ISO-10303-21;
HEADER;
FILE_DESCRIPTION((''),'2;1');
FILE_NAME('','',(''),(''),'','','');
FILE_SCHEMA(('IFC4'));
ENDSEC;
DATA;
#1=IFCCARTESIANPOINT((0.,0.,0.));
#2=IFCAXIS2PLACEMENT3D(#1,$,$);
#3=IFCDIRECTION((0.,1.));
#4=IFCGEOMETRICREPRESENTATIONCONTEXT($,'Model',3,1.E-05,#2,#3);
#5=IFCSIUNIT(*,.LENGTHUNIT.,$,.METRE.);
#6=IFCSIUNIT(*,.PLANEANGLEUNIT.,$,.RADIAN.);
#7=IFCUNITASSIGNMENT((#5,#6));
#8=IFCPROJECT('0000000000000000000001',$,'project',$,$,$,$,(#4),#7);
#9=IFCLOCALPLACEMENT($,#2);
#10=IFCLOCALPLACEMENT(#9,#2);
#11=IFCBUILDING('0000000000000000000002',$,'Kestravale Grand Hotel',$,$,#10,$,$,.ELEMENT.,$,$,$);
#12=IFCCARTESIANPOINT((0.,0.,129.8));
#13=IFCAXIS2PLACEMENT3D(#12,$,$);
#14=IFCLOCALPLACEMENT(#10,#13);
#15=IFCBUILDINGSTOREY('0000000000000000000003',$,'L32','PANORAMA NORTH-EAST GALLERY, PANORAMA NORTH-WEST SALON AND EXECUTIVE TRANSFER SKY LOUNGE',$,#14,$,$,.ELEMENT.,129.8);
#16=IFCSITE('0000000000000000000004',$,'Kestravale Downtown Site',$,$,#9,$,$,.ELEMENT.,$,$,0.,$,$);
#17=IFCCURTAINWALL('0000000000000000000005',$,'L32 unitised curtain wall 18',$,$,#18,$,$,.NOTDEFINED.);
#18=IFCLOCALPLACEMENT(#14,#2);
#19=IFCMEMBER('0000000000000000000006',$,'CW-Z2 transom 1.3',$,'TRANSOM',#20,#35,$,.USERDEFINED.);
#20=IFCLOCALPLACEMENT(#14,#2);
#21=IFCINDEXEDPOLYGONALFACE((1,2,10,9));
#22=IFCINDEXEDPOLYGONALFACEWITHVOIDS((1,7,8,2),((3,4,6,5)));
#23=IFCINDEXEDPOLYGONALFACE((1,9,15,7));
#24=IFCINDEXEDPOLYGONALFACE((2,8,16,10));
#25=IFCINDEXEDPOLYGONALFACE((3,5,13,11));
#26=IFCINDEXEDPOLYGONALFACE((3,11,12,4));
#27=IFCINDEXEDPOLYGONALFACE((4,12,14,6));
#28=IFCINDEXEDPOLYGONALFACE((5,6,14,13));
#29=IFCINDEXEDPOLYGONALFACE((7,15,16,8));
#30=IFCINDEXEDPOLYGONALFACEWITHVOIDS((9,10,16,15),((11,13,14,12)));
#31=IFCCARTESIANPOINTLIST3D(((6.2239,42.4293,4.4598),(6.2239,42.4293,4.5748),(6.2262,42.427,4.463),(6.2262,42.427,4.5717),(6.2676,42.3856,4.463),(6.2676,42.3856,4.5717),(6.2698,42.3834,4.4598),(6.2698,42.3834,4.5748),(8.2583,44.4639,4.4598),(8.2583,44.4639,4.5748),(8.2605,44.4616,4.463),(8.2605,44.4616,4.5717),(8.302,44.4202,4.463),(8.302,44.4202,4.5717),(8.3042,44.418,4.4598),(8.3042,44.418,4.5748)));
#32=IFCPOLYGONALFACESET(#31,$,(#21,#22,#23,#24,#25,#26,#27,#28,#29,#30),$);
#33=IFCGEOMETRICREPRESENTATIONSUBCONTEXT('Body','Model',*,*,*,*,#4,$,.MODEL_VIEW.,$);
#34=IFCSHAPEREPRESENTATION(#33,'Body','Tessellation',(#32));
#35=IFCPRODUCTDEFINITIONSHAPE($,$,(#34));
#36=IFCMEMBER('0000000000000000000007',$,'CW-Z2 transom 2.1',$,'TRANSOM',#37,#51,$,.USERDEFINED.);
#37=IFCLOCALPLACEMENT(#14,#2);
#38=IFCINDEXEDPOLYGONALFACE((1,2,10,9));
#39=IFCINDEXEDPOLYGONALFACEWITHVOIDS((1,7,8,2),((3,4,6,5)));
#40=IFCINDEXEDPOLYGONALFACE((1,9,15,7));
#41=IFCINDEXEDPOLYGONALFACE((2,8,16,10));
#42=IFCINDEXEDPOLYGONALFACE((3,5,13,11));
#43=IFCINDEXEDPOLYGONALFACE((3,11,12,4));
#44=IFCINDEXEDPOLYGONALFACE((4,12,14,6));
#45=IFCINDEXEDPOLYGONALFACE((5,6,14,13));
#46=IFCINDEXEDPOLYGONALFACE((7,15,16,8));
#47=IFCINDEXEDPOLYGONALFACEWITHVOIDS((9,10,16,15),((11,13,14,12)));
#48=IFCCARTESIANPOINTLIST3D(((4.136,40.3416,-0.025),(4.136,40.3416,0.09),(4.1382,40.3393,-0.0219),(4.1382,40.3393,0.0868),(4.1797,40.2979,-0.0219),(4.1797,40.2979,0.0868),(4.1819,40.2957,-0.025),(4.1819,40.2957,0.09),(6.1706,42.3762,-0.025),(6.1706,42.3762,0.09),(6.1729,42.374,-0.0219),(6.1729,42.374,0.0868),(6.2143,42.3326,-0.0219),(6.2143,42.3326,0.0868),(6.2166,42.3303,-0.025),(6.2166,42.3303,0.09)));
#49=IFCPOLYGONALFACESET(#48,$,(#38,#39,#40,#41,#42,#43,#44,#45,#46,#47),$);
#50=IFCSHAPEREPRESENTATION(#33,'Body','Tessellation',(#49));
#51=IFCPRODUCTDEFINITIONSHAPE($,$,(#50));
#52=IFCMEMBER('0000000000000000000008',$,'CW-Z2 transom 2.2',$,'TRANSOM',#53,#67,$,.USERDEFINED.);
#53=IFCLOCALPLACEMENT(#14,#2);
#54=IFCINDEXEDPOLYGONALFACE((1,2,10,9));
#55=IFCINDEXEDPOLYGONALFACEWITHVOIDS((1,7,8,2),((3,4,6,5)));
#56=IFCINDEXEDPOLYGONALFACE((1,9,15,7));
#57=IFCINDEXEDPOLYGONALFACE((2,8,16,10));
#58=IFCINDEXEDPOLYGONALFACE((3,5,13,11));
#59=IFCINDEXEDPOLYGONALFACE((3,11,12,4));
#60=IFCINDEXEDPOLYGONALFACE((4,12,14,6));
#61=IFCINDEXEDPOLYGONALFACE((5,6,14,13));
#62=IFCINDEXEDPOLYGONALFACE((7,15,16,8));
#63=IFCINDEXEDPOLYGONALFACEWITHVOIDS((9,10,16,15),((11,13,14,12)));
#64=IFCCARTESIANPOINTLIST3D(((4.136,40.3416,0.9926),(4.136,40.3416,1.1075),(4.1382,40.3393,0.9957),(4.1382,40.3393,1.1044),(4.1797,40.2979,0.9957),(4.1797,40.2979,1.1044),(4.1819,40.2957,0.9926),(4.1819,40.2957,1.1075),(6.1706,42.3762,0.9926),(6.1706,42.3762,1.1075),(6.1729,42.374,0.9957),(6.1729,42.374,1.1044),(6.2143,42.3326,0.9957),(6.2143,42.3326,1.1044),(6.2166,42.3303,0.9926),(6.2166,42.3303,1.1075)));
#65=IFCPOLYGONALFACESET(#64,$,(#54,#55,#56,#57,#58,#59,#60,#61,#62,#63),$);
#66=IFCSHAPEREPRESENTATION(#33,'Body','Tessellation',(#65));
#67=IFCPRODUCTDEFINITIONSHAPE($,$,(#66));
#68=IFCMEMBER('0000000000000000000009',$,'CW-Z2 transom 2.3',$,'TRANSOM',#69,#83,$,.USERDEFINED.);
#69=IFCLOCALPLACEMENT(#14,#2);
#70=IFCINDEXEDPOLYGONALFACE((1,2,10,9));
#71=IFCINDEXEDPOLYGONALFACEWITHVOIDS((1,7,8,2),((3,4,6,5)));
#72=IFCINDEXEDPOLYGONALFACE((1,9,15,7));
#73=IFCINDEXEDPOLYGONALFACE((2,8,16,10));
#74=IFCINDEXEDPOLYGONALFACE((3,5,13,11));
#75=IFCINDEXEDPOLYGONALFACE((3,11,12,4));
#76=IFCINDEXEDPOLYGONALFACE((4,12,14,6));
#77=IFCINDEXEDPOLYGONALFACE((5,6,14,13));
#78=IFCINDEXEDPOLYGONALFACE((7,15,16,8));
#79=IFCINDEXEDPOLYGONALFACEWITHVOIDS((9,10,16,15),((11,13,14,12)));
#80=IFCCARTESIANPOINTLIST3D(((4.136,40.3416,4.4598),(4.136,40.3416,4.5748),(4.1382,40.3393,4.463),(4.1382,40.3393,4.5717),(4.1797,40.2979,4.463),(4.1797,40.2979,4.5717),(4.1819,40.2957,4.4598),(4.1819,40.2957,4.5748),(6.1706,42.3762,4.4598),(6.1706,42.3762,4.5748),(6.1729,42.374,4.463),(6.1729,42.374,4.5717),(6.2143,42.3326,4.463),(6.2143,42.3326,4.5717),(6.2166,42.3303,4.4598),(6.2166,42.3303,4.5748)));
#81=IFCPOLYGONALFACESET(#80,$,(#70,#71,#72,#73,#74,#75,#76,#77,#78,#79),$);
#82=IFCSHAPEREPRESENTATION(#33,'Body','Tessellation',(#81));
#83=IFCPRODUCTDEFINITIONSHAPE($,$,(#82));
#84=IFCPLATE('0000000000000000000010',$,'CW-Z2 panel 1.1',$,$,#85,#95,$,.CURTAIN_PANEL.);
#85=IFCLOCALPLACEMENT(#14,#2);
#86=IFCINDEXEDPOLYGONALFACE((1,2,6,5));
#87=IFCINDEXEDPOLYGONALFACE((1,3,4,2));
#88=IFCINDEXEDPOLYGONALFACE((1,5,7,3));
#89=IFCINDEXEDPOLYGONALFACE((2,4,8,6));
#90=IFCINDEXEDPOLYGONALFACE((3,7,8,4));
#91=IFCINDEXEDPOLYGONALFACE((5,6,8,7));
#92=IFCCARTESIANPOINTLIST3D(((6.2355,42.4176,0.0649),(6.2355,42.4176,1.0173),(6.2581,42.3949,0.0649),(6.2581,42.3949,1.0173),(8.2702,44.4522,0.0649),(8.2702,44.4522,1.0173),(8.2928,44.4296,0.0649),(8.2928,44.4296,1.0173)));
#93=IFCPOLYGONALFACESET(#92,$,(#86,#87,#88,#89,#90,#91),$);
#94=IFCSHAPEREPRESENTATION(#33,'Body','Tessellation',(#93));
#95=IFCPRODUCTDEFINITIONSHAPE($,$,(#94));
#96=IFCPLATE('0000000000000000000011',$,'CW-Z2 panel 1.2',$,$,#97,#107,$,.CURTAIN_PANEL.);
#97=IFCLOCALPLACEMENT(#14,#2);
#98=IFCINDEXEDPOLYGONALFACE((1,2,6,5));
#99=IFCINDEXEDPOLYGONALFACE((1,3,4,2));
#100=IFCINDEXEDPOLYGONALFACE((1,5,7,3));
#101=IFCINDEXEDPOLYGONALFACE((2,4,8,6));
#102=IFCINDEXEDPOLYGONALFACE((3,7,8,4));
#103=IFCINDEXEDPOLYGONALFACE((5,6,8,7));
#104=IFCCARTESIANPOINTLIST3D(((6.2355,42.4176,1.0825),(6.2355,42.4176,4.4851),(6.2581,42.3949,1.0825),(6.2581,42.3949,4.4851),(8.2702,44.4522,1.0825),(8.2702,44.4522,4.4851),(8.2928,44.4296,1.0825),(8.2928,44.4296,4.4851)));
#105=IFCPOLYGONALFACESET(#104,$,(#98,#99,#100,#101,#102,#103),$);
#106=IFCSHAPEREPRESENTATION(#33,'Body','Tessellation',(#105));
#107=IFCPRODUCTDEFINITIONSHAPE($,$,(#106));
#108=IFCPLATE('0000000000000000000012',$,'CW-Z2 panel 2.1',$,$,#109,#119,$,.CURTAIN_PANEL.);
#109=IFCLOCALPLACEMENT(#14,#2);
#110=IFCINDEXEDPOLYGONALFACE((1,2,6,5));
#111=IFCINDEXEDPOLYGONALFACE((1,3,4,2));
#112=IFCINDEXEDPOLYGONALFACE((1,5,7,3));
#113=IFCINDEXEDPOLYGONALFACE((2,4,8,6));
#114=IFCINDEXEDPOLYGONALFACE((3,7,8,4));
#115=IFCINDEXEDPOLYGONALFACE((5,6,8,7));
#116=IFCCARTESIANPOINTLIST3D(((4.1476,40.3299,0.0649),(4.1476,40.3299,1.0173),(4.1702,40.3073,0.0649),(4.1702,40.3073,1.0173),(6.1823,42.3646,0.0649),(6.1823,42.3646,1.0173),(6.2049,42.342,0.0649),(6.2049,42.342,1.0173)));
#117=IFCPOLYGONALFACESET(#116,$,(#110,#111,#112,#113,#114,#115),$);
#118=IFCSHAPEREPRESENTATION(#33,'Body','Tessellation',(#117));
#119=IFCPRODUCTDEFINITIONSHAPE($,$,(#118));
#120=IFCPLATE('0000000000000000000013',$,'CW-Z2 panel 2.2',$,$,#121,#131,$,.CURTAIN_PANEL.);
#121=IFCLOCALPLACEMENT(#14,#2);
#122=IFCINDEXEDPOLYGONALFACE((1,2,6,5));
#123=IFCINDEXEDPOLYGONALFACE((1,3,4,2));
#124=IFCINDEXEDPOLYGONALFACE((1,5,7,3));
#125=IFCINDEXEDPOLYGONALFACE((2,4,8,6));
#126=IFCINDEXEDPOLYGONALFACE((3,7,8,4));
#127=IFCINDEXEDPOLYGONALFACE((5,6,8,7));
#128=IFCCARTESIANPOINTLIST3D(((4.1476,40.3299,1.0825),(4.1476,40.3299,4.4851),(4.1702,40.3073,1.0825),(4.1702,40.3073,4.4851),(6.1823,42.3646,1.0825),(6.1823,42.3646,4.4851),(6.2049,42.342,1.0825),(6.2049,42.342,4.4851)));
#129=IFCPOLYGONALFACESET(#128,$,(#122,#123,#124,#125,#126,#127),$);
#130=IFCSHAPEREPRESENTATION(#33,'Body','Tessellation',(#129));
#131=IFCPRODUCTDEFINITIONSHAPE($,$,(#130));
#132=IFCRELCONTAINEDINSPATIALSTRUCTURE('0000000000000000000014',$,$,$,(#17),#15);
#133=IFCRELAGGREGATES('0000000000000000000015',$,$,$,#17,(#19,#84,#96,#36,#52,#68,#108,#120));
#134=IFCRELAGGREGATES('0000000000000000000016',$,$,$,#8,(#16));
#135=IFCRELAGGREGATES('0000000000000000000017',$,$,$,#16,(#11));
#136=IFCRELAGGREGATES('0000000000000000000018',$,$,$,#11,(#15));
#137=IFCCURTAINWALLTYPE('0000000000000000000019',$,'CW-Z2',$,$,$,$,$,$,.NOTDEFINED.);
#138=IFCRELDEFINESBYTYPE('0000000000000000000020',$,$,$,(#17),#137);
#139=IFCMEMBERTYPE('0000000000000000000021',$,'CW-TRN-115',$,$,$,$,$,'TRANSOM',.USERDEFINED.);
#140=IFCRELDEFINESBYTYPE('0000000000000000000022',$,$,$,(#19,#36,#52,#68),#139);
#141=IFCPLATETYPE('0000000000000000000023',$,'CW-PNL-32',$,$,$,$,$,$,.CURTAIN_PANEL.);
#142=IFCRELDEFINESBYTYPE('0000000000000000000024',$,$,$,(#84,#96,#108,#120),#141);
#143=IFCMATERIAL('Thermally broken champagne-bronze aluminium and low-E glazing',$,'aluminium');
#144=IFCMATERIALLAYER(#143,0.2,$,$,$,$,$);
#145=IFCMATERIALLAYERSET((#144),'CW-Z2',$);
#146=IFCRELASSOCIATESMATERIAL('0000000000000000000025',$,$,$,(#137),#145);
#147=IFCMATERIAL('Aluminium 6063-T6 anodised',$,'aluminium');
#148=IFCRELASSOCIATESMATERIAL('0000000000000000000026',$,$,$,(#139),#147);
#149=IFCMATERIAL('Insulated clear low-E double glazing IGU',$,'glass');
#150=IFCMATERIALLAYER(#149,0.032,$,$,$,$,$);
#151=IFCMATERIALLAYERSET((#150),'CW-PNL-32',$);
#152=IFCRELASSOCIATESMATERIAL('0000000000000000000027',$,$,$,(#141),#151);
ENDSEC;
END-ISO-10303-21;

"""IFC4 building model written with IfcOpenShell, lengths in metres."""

from ifc_helpers import new_model, si_unit, direction, frame, origin, origin_2d, place, context, subcontext, project, spatial, rectangle, hollow_rectangle, extrude, material, layer, layer_set, material_profile, profile_set, type_object, element, aggregate, save


model = new_model("IFC4")

# Units and contexts
model_context = context("Model", 3, precision=1e-05, world=origin(), true_north=direction((0.0, 1.0)))
body_context = subcontext(model_context, "Body", "Model", "MODEL_VIEW")
ifc_project = project(units=[si_unit("LENGTHUNIT", "METRE"), si_unit("PLANEANGLEUNIT", "RADIAN")], contexts=[model_context])

# Site, building, storey
site_placement = place(None, origin())
site = spatial("IfcSite", under=ifc_project, at=site_placement, Name="Kestravale Downtown Site", CompositionType="ELEMENT", RefElevation=0.0)
building_placement = place(site_placement, origin())
building = spatial("IfcBuilding", under=site, at=building_placement, Name="Kestravale Grand Hotel", CompositionType="ELEMENT")
storey_placement = place(building_placement, frame((0.0, 0.0, 129.8)))
storey = spatial("IfcBuildingStorey", under=building, at=storey_placement, Name="L32", Description="PANORAMA NORTH-EAST GALLERY, PANORAMA NORTH-WEST SALON AND EXECUTIVE TRANSFER SKY LOUNGE", CompositionType="ELEMENT", Elevation=129.8)

# Curtain wall, members, plates
ifc_material_1 = material(Name="Thermally broken champagne-bronze aluminium and low-E glazing", Category="aluminium")
ifc_layer_1 = layer(ifc_material_1, 0.2)
ifc_layer_set_1 = layer_set([ifc_layer_1], Name="CW-Z2")
curtain_wall_type = type_object("IfcCurtainWallType", Name="CW-Z2", PredefinedType="NOTDEFINED", material=ifc_layer_set_1)
curtain_wall_placement = place(storey_placement, origin())
curtain_wall = element("IfcCurtainWall", 1, at=curtain_wall_placement, inside=storey, type_object=curtain_wall_type, Name="L32 unitised curtain wall 18", PredefinedType="NOTDEFINED")
ifc_material_2 = material(Name="Aluminium 6063-T6 anodised", Category="aluminium")
ifc_material_profile_1 = material_profile(ifc_material_2, hollow_rectangle(XDim=0.0649, YDim=0.115, WallThickness=0.0032, at=origin_2d()))
ifc_profile_set_1 = profile_set([ifc_material_profile_1], Name="Aluminium 6063-T6 anodised")
member_type_1 = type_object("IfcMemberType", Name="CW-TRN-115", ElementType="TRANSOM", PredefinedType="USERDEFINED", material=ifc_profile_set_1)
member_1_placement = place(storey_placement, frame((8.2812, 44.4409, 4.5173), z_axis=(-0.707064, -0.707149, 0.0), x_axis=(0.707149, -0.707064, 0.0)))
member_1 = element("IfcMember", 2, at=member_1_placement, type_object=member_type_1, Name="CW-Z2 transom 1.3", ObjectType="TRANSOM", PredefinedType="USERDEFINED", context=body_context, shape_type="SweptSolid", body=[
    extrude(hollow_rectangle(XDim=0.0649, YDim=0.115, WallThickness=0.0032, at=origin_2d()), origin(), (0.0, 0.0, 1.0), 2.8772),
])
member_2_placement = place(storey_placement, frame((6.1936, 42.3533, 0.0325), z_axis=(-0.707107, -0.707107, 0.0), x_axis=(0.707107, -0.707107, 0.0)))
member_2 = element("IfcMember", 3, at=member_2_placement, type_object=member_type_1, Name="CW-Z2 transom 2.1", ObjectType="TRANSOM", PredefinedType="USERDEFINED", context=body_context, shape_type="SweptSolid", body=[
    extrude(hollow_rectangle(XDim=0.0649, YDim=0.115, WallThickness=0.0032, at=origin_2d()), origin(), (0.0, 0.0, 1.0), 2.8774),
])
member_3_placement = place(storey_placement, frame((6.1936, 42.3533, 1.05), z_axis=(-0.707107, -0.707107, 0.0), x_axis=(0.707107, -0.707107, 0.0)))
member_3 = element("IfcMember", 4, at=member_3_placement, type_object=member_type_1, Name="CW-Z2 transom 2.2", ObjectType="TRANSOM", PredefinedType="USERDEFINED", context=body_context, shape_type="SweptSolid", body=[
    extrude(hollow_rectangle(XDim=0.0649, YDim=0.115, WallThickness=0.0032, at=origin_2d()), origin(), (0.0, 0.0, 1.0), 2.8774),
])
member_4_placement = place(storey_placement, frame((6.1936, 42.3533, 4.5173), z_axis=(-0.707107, -0.707107, 0.0), x_axis=(0.707107, -0.707107, 0.0)))
member_4 = element("IfcMember", 5, at=member_4_placement, type_object=member_type_1, Name="CW-Z2 transom 2.3", ObjectType="TRANSOM", PredefinedType="USERDEFINED", context=body_context, shape_type="SweptSolid", body=[
    extrude(hollow_rectangle(XDim=0.0649, YDim=0.115, WallThickness=0.0032, at=origin_2d()), origin(), (0.0, 0.0, 1.0), 2.8774),
])
ifc_material_3 = material(Name="Insulated clear low-E double glazing IGU", Category="glass")
ifc_layer_2 = layer(ifc_material_3, 0.032)
ifc_layer_set_2 = layer_set([ifc_layer_2], Name="CW-PNL-32")
plate_type = type_object("IfcPlateType", Name="CW-PNL-32", PredefinedType="CURTAIN_PANEL", material=ifc_layer_set_2)
plate_1_placement = place(storey_placement, frame((7.2642, 43.4236, 0.0649), z_axis=(0.0, 0.0, 1.0), x_axis=(-0.707107, -0.707107, 0.0)))
plate_1 = element("IfcPlate", 6, at=plate_1_placement, type_object=plate_type, Name="CW-Z2 panel 1.1", PredefinedType="CURTAIN_PANEL", context=body_context, shape_type="SweptSolid", body=[
    extrude(rectangle(XDim=2.8774, YDim=0.032, at=origin_2d()), origin(), (0.0, 0.0, 1.0), 0.9524),
])
plate_2_placement = place(storey_placement, frame((7.2642, 43.4236, 1.0825), z_axis=(0.0, 0.0, 1.0), x_axis=(-0.707107, -0.707107, 0.0)))
plate_2 = element("IfcPlate", 7, at=plate_2_placement, type_object=plate_type, Name="CW-Z2 panel 1.2", PredefinedType="CURTAIN_PANEL", context=body_context, shape_type="SweptSolid", body=[
    extrude(rectangle(XDim=2.8774, YDim=0.032, at=origin_2d()), origin(), (0.0, 0.0, 1.0), 3.4026),
])
plate_3_placement = place(storey_placement, frame((5.1763, 41.3359, 0.0649), z_axis=(0.0, 0.0, 1.0), x_axis=(-0.707107, -0.707107, 0.0)))
plate_3 = element("IfcPlate", 8, at=plate_3_placement, type_object=plate_type, Name="CW-Z2 panel 2.1", PredefinedType="CURTAIN_PANEL", context=body_context, shape_type="SweptSolid", body=[
    extrude(rectangle(XDim=2.8774, YDim=0.032, at=origin_2d()), origin(), (0.0, 0.0, 1.0), 0.9524),
])
plate_4_placement = place(storey_placement, frame((5.1763, 41.3359, 1.0825), z_axis=(0.0, 0.0, 1.0), x_axis=(-0.707107, -0.707107, 0.0)))
plate_4 = element("IfcPlate", 9, at=plate_4_placement, type_object=plate_type, Name="CW-Z2 panel 2.2", PredefinedType="CURTAIN_PANEL", context=body_context, shape_type="SweptSolid", body=[
    extrude(rectangle(XDim=2.8774, YDim=0.032, at=origin_2d()), origin(), (0.0, 0.0, 1.0), 3.4026),
])
aggregate(curtain_wall, [member_1, plate_1, plate_2, member_2, member_3, member_4, plate_3, plate_4])

save(model, "model.ifc")
